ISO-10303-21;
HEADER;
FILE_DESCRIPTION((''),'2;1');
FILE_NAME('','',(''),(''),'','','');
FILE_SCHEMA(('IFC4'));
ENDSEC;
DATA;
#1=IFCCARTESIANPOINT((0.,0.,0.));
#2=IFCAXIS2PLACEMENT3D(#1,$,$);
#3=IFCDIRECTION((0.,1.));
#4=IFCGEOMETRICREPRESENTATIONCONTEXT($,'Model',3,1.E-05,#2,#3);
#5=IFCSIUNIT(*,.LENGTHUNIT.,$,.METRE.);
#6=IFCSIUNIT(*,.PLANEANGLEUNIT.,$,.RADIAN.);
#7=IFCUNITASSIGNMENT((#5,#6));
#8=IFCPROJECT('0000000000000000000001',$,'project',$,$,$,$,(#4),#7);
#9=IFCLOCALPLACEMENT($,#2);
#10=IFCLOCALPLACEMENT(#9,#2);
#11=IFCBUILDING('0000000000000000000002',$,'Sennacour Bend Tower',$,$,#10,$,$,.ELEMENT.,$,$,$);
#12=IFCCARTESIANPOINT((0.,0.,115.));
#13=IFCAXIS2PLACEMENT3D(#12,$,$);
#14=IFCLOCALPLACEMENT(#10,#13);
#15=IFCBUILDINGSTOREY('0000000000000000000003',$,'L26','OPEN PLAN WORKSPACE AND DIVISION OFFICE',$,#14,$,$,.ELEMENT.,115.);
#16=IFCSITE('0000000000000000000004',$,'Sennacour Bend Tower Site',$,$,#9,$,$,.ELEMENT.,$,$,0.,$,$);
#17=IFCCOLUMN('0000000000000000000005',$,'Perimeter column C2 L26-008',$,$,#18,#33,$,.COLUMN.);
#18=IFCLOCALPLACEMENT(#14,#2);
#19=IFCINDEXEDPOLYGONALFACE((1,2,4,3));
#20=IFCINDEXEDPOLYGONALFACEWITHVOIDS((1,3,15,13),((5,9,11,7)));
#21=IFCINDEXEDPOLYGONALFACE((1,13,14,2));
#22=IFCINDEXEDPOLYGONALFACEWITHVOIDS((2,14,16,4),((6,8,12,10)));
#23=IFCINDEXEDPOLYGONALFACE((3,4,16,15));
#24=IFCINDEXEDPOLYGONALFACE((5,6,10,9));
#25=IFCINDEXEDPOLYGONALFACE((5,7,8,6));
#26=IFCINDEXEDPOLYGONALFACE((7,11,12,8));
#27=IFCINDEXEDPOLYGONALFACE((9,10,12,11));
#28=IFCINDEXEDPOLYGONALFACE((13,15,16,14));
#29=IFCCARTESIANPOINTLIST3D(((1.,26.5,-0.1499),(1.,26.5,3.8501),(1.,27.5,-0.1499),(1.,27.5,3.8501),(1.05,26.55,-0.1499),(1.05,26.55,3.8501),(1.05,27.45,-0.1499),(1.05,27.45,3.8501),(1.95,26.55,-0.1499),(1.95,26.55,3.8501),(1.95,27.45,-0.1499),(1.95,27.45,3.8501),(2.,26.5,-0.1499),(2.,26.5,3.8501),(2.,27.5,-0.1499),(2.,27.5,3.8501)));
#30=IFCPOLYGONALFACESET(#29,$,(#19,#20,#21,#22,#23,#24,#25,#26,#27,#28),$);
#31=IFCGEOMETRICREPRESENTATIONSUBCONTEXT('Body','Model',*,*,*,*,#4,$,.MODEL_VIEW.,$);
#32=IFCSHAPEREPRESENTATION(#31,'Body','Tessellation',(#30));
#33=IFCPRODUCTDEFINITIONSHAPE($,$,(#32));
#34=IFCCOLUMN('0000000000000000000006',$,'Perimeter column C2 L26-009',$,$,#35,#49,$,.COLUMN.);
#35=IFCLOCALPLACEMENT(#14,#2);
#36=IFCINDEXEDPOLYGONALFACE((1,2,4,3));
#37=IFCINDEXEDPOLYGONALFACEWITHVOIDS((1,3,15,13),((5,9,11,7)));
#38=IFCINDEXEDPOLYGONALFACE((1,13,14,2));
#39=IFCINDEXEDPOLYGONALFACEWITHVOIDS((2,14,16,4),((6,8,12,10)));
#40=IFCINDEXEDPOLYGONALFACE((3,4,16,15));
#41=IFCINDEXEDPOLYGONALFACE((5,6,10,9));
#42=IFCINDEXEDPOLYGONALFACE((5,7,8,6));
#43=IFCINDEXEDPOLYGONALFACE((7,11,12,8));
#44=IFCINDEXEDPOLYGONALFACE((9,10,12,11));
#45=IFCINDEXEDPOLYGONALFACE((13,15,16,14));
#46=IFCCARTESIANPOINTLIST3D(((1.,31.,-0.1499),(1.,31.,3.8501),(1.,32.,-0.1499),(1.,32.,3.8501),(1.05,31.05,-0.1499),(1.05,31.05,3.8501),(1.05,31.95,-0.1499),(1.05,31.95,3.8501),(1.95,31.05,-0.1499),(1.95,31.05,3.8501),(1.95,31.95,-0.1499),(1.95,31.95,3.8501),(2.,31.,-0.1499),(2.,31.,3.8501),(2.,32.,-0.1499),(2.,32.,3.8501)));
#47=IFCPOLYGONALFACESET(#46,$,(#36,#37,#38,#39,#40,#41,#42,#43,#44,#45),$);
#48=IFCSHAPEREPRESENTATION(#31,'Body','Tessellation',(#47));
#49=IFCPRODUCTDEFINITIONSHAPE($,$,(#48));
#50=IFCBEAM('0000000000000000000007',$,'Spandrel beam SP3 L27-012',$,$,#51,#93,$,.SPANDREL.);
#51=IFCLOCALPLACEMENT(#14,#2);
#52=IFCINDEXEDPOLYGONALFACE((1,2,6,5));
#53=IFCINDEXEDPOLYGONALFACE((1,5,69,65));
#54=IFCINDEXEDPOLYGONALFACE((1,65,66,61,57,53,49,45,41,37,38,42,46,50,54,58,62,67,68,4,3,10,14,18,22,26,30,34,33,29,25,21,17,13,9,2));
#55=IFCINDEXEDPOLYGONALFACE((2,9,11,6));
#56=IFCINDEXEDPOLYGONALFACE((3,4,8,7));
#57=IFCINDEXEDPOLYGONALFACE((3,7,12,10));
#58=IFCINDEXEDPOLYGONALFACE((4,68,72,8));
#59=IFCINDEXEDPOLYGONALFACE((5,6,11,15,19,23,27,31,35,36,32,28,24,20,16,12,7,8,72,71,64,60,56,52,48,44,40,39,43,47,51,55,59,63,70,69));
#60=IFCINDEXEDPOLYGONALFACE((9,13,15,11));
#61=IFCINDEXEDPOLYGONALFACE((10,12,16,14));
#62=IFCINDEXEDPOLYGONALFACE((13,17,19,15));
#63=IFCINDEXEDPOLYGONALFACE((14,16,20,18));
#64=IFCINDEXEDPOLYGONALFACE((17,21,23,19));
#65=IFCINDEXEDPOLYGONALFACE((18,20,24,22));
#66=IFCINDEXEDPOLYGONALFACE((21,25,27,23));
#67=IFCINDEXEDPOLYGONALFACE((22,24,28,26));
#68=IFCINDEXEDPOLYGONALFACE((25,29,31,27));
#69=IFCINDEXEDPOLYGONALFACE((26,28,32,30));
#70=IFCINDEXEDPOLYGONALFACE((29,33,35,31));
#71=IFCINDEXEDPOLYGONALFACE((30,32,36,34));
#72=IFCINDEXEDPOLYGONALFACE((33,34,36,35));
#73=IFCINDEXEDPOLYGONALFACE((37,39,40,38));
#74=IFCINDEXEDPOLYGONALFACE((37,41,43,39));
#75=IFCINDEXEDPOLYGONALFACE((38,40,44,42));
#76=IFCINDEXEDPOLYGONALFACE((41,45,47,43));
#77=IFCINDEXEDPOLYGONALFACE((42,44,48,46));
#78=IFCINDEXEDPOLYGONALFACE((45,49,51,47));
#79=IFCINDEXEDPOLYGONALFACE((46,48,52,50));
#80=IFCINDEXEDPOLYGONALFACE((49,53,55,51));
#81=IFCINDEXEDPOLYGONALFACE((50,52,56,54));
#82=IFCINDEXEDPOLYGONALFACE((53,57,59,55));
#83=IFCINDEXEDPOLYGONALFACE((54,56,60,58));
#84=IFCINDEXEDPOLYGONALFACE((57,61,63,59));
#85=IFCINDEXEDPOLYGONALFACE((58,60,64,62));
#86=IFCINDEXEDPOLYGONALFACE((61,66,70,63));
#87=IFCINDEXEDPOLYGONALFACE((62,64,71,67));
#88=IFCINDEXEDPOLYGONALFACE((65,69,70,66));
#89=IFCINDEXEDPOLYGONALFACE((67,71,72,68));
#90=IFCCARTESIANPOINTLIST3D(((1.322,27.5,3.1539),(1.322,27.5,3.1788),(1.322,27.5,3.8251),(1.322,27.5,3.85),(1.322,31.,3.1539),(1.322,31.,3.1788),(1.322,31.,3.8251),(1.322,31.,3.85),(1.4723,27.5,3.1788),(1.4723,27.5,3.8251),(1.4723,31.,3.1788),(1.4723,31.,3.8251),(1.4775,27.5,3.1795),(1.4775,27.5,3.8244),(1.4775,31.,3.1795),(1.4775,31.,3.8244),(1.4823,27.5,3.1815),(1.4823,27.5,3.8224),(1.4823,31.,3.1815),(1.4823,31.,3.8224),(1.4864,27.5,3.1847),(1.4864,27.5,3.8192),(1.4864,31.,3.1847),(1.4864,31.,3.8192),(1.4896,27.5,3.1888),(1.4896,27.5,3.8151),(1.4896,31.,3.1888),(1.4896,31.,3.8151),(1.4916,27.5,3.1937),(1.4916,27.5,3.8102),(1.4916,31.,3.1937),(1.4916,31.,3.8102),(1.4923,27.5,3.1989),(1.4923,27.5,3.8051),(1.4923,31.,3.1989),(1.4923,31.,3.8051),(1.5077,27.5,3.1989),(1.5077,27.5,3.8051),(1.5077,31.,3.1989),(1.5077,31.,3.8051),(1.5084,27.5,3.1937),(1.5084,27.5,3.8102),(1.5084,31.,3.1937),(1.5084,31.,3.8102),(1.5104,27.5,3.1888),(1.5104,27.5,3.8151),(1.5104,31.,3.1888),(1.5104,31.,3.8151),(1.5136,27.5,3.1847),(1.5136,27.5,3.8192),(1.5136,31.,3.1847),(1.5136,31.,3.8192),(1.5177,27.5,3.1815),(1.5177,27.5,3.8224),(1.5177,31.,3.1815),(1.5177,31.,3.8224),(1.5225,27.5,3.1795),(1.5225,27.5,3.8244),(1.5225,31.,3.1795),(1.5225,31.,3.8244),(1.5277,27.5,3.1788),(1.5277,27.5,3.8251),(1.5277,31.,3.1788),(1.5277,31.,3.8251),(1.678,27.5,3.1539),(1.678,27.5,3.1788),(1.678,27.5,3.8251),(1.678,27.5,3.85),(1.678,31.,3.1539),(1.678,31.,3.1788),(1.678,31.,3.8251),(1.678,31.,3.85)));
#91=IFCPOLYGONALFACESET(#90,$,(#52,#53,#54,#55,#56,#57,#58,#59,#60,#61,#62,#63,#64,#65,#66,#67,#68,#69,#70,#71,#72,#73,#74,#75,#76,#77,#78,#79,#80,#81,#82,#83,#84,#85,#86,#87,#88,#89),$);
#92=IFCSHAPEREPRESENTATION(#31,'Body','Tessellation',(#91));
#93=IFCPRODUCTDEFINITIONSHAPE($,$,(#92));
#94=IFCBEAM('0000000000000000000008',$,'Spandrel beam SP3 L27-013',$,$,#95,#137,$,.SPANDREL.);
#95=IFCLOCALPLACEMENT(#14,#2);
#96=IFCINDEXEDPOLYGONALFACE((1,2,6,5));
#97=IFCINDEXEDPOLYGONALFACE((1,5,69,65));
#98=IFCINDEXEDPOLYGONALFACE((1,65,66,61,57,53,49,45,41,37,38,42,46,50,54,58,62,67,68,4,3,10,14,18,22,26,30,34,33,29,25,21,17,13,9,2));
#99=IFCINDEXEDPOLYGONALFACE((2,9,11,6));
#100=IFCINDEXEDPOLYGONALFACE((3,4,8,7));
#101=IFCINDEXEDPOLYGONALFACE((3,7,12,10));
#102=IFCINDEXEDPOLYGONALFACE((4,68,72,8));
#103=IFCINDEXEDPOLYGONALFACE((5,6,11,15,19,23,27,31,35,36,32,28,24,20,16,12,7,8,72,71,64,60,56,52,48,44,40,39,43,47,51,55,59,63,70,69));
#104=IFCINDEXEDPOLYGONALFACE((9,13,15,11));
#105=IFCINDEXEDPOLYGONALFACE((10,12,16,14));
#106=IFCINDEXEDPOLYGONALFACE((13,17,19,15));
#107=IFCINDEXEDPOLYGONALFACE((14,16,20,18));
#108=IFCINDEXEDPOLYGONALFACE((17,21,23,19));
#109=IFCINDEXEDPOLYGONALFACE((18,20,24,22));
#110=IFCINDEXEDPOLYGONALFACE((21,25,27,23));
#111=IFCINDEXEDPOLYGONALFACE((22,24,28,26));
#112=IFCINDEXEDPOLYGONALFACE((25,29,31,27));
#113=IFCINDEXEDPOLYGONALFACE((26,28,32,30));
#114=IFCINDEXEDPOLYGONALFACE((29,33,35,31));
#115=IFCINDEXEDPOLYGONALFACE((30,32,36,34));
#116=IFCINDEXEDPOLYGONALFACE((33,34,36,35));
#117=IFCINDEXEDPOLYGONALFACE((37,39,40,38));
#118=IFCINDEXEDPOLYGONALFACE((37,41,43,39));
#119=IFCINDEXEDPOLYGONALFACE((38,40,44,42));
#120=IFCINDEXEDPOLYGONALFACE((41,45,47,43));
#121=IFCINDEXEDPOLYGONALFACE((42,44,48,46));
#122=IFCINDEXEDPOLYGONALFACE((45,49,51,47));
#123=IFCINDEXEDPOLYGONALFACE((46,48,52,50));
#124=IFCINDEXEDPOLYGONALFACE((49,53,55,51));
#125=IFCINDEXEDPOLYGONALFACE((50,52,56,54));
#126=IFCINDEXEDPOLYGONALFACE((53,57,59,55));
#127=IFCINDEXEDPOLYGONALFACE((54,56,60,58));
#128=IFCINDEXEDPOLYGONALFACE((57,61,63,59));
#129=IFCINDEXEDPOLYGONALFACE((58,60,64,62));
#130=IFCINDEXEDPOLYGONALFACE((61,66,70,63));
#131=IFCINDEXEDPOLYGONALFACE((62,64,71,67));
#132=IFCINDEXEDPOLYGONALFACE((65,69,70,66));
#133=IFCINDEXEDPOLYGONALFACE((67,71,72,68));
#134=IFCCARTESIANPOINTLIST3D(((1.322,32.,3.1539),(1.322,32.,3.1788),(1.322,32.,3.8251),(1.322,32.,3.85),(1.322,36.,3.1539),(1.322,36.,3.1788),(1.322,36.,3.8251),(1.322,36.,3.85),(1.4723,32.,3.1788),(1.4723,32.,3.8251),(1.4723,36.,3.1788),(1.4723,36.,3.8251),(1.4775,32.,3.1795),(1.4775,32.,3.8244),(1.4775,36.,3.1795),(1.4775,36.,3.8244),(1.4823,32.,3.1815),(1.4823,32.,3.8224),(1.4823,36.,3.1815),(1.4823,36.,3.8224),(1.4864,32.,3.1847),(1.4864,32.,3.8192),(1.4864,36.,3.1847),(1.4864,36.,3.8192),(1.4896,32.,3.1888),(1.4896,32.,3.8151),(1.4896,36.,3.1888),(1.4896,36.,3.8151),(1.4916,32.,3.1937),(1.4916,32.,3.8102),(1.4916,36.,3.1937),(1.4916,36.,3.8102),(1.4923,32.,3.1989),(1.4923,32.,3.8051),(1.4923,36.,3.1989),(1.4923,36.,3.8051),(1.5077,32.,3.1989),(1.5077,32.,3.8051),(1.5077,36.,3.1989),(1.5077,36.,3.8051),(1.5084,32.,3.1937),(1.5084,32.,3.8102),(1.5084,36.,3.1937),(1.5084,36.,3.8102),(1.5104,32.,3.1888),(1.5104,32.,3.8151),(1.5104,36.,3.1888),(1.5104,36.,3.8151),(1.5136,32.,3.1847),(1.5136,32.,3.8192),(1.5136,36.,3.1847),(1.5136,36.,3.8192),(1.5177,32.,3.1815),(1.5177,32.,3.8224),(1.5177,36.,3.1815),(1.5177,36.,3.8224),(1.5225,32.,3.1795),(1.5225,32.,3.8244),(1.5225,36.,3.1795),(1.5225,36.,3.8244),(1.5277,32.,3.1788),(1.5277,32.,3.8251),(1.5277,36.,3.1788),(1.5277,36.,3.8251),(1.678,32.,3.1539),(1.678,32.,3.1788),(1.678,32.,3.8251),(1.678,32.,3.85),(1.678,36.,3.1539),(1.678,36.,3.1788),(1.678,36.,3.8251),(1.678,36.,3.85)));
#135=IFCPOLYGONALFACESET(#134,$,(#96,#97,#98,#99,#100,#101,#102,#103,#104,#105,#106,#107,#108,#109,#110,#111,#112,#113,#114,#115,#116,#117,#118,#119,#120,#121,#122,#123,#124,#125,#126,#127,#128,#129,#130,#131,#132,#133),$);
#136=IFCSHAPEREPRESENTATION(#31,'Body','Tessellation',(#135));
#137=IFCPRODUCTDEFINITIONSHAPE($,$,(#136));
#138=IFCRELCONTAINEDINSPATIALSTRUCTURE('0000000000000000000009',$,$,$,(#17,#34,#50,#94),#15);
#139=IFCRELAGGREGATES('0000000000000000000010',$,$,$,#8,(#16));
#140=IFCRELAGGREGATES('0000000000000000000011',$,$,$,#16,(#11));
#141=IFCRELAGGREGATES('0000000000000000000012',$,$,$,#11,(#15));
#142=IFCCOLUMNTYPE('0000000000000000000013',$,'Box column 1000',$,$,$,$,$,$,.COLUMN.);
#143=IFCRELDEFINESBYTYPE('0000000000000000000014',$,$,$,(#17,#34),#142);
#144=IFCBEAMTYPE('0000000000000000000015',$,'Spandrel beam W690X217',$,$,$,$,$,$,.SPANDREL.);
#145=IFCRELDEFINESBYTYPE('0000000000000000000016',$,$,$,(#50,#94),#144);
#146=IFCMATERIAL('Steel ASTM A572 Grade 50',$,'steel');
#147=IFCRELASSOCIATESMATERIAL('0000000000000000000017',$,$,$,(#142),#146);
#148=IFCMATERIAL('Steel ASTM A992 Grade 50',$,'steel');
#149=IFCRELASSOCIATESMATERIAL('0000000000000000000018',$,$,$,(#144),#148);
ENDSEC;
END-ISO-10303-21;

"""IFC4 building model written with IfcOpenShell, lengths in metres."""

from ifc_helpers import new_model, si_unit, direction, frame, origin, origin_2d, place, context, subcontext, project, spatial, hollow_rectangle, i_section, extrude, material, material_profile, profile_set, type_object, element, save


model = new_model("IFC4")

# Units and contexts
model_context = context("Model", 3, precision=1e-05, world=origin(), true_north=direction((0.0, 1.0)))
body_context = subcontext(model_context, "Body", "Model", "MODEL_VIEW")
ifc_project = project(units=[si_unit("LENGTHUNIT", "METRE"), si_unit("PLANEANGLEUNIT", "RADIAN")], contexts=[model_context])

# Site, building, storey
site_placement = place(None, origin())
site = spatial("IfcSite", under=ifc_project, at=site_placement, Name="Sennacour Bend Tower Site", CompositionType="ELEMENT", RefElevation=0.0)
building_placement = place(site_placement, origin())
building = spatial("IfcBuilding", under=site, at=building_placement, Name="Sennacour Bend Tower", CompositionType="ELEMENT")
storey_placement = place(building_placement, frame((0.0, 0.0, 115.0)))
storey = spatial("IfcBuildingStorey", under=building, at=storey_placement, Name="L26", Description="OPEN PLAN WORKSPACE AND DIVISION OFFICE", CompositionType="ELEMENT", Elevation=115.0)

# Columns
ifc_material_1 = material(Name="Steel ASTM A572 Grade 50", Category="steel")
ifc_material_profile_1 = material_profile(ifc_material_1, hollow_rectangle(XDim=1.0, YDim=1.0, WallThickness=0.05, at=origin_2d()), Name="Steel ASTM A572 Grade 50", Category="steel")
ifc_profile_set_1 = profile_set([ifc_material_profile_1], Name="Steel ASTM A572 Grade 50")
column_type = type_object("IfcColumnType", Name="Box column 1000", PredefinedType="COLUMN", material=ifc_profile_set_1)
for number, where, z_axis, x_axis, name in (
    (1, (1.5, 27.0, -0.1499), (0.0, 0.0, 1.0), (1.0, 0.0, 0.0), "Perimeter column C2 L26-008"),
    (2, (1.5, 31.5, -0.1499), (0.0, 0.0, 1.0), (1.0, 0.0, 0.0), "Perimeter column C2 L26-009"),
):
    element("IfcColumn", number, at=place(storey_placement, frame(where, z_axis=z_axis, x_axis=x_axis)), inside=storey, type_object=column_type, Name=name, PredefinedType="COLUMN", context=body_context, shape_type="SweptSolid", body=[
        extrude(hollow_rectangle(XDim=1.0, YDim=1.0, WallThickness=0.05, at=origin_2d()), origin(), (0.0, 0.0, 1.0), 4.0),
    ])

# Beams
ifc_material_2 = material(Name="Steel ASTM A992 Grade 50", Category="steel")
ifc_material_profile_2 = material_profile(ifc_material_2, i_section(OverallWidth=0.356, OverallDepth=0.696, WebThickness=0.0154, FlangeThickness=0.0249, FilletRadius=0.02, at=origin_2d()), Name="Steel ASTM A992 Grade 50", Category="steel")
ifc_profile_set_2 = profile_set([ifc_material_profile_2], Name="Steel ASTM A992 Grade 50")
beam_type = type_object("IfcBeamType", Name="Spandrel beam W690X217", PredefinedType="SPANDREL", material=ifc_profile_set_2)
beam_1_placement = place(storey_placement, frame((1.5, 27.5, 3.502), z_axis=(0.0, 1.0, 0.0), x_axis=(-1.0, 0.0, 0.0)))
element("IfcBeam", 3, at=beam_1_placement, inside=storey, type_object=beam_type, Name="Spandrel beam SP3 L27-012", PredefinedType="SPANDREL", context=body_context, shape_type="SweptSolid", body=[
    extrude(i_section(OverallWidth=0.356, OverallDepth=0.696, WebThickness=0.0154, FlangeThickness=0.0249, FilletRadius=0.02, at=origin_2d()), origin(), (0.0, 0.0, 1.0), 3.5),
])
beam_2_placement = place(storey_placement, frame((1.5, 32.0, 3.502), z_axis=(0.0, 1.0, 0.0), x_axis=(-1.0, 0.0, 0.0)))
element("IfcBeam", 4, at=beam_2_placement, inside=storey, type_object=beam_type, Name="Spandrel beam SP3 L27-013", PredefinedType="SPANDREL", context=body_context, shape_type="SweptSolid", body=[
    extrude(i_section(OverallWidth=0.356, OverallDepth=0.696, WebThickness=0.0154, FlangeThickness=0.0249, FilletRadius=0.02, at=origin_2d()), origin(), (0.0, 0.0, 1.0), 4.0),
])

save(model, "model.ifc")
